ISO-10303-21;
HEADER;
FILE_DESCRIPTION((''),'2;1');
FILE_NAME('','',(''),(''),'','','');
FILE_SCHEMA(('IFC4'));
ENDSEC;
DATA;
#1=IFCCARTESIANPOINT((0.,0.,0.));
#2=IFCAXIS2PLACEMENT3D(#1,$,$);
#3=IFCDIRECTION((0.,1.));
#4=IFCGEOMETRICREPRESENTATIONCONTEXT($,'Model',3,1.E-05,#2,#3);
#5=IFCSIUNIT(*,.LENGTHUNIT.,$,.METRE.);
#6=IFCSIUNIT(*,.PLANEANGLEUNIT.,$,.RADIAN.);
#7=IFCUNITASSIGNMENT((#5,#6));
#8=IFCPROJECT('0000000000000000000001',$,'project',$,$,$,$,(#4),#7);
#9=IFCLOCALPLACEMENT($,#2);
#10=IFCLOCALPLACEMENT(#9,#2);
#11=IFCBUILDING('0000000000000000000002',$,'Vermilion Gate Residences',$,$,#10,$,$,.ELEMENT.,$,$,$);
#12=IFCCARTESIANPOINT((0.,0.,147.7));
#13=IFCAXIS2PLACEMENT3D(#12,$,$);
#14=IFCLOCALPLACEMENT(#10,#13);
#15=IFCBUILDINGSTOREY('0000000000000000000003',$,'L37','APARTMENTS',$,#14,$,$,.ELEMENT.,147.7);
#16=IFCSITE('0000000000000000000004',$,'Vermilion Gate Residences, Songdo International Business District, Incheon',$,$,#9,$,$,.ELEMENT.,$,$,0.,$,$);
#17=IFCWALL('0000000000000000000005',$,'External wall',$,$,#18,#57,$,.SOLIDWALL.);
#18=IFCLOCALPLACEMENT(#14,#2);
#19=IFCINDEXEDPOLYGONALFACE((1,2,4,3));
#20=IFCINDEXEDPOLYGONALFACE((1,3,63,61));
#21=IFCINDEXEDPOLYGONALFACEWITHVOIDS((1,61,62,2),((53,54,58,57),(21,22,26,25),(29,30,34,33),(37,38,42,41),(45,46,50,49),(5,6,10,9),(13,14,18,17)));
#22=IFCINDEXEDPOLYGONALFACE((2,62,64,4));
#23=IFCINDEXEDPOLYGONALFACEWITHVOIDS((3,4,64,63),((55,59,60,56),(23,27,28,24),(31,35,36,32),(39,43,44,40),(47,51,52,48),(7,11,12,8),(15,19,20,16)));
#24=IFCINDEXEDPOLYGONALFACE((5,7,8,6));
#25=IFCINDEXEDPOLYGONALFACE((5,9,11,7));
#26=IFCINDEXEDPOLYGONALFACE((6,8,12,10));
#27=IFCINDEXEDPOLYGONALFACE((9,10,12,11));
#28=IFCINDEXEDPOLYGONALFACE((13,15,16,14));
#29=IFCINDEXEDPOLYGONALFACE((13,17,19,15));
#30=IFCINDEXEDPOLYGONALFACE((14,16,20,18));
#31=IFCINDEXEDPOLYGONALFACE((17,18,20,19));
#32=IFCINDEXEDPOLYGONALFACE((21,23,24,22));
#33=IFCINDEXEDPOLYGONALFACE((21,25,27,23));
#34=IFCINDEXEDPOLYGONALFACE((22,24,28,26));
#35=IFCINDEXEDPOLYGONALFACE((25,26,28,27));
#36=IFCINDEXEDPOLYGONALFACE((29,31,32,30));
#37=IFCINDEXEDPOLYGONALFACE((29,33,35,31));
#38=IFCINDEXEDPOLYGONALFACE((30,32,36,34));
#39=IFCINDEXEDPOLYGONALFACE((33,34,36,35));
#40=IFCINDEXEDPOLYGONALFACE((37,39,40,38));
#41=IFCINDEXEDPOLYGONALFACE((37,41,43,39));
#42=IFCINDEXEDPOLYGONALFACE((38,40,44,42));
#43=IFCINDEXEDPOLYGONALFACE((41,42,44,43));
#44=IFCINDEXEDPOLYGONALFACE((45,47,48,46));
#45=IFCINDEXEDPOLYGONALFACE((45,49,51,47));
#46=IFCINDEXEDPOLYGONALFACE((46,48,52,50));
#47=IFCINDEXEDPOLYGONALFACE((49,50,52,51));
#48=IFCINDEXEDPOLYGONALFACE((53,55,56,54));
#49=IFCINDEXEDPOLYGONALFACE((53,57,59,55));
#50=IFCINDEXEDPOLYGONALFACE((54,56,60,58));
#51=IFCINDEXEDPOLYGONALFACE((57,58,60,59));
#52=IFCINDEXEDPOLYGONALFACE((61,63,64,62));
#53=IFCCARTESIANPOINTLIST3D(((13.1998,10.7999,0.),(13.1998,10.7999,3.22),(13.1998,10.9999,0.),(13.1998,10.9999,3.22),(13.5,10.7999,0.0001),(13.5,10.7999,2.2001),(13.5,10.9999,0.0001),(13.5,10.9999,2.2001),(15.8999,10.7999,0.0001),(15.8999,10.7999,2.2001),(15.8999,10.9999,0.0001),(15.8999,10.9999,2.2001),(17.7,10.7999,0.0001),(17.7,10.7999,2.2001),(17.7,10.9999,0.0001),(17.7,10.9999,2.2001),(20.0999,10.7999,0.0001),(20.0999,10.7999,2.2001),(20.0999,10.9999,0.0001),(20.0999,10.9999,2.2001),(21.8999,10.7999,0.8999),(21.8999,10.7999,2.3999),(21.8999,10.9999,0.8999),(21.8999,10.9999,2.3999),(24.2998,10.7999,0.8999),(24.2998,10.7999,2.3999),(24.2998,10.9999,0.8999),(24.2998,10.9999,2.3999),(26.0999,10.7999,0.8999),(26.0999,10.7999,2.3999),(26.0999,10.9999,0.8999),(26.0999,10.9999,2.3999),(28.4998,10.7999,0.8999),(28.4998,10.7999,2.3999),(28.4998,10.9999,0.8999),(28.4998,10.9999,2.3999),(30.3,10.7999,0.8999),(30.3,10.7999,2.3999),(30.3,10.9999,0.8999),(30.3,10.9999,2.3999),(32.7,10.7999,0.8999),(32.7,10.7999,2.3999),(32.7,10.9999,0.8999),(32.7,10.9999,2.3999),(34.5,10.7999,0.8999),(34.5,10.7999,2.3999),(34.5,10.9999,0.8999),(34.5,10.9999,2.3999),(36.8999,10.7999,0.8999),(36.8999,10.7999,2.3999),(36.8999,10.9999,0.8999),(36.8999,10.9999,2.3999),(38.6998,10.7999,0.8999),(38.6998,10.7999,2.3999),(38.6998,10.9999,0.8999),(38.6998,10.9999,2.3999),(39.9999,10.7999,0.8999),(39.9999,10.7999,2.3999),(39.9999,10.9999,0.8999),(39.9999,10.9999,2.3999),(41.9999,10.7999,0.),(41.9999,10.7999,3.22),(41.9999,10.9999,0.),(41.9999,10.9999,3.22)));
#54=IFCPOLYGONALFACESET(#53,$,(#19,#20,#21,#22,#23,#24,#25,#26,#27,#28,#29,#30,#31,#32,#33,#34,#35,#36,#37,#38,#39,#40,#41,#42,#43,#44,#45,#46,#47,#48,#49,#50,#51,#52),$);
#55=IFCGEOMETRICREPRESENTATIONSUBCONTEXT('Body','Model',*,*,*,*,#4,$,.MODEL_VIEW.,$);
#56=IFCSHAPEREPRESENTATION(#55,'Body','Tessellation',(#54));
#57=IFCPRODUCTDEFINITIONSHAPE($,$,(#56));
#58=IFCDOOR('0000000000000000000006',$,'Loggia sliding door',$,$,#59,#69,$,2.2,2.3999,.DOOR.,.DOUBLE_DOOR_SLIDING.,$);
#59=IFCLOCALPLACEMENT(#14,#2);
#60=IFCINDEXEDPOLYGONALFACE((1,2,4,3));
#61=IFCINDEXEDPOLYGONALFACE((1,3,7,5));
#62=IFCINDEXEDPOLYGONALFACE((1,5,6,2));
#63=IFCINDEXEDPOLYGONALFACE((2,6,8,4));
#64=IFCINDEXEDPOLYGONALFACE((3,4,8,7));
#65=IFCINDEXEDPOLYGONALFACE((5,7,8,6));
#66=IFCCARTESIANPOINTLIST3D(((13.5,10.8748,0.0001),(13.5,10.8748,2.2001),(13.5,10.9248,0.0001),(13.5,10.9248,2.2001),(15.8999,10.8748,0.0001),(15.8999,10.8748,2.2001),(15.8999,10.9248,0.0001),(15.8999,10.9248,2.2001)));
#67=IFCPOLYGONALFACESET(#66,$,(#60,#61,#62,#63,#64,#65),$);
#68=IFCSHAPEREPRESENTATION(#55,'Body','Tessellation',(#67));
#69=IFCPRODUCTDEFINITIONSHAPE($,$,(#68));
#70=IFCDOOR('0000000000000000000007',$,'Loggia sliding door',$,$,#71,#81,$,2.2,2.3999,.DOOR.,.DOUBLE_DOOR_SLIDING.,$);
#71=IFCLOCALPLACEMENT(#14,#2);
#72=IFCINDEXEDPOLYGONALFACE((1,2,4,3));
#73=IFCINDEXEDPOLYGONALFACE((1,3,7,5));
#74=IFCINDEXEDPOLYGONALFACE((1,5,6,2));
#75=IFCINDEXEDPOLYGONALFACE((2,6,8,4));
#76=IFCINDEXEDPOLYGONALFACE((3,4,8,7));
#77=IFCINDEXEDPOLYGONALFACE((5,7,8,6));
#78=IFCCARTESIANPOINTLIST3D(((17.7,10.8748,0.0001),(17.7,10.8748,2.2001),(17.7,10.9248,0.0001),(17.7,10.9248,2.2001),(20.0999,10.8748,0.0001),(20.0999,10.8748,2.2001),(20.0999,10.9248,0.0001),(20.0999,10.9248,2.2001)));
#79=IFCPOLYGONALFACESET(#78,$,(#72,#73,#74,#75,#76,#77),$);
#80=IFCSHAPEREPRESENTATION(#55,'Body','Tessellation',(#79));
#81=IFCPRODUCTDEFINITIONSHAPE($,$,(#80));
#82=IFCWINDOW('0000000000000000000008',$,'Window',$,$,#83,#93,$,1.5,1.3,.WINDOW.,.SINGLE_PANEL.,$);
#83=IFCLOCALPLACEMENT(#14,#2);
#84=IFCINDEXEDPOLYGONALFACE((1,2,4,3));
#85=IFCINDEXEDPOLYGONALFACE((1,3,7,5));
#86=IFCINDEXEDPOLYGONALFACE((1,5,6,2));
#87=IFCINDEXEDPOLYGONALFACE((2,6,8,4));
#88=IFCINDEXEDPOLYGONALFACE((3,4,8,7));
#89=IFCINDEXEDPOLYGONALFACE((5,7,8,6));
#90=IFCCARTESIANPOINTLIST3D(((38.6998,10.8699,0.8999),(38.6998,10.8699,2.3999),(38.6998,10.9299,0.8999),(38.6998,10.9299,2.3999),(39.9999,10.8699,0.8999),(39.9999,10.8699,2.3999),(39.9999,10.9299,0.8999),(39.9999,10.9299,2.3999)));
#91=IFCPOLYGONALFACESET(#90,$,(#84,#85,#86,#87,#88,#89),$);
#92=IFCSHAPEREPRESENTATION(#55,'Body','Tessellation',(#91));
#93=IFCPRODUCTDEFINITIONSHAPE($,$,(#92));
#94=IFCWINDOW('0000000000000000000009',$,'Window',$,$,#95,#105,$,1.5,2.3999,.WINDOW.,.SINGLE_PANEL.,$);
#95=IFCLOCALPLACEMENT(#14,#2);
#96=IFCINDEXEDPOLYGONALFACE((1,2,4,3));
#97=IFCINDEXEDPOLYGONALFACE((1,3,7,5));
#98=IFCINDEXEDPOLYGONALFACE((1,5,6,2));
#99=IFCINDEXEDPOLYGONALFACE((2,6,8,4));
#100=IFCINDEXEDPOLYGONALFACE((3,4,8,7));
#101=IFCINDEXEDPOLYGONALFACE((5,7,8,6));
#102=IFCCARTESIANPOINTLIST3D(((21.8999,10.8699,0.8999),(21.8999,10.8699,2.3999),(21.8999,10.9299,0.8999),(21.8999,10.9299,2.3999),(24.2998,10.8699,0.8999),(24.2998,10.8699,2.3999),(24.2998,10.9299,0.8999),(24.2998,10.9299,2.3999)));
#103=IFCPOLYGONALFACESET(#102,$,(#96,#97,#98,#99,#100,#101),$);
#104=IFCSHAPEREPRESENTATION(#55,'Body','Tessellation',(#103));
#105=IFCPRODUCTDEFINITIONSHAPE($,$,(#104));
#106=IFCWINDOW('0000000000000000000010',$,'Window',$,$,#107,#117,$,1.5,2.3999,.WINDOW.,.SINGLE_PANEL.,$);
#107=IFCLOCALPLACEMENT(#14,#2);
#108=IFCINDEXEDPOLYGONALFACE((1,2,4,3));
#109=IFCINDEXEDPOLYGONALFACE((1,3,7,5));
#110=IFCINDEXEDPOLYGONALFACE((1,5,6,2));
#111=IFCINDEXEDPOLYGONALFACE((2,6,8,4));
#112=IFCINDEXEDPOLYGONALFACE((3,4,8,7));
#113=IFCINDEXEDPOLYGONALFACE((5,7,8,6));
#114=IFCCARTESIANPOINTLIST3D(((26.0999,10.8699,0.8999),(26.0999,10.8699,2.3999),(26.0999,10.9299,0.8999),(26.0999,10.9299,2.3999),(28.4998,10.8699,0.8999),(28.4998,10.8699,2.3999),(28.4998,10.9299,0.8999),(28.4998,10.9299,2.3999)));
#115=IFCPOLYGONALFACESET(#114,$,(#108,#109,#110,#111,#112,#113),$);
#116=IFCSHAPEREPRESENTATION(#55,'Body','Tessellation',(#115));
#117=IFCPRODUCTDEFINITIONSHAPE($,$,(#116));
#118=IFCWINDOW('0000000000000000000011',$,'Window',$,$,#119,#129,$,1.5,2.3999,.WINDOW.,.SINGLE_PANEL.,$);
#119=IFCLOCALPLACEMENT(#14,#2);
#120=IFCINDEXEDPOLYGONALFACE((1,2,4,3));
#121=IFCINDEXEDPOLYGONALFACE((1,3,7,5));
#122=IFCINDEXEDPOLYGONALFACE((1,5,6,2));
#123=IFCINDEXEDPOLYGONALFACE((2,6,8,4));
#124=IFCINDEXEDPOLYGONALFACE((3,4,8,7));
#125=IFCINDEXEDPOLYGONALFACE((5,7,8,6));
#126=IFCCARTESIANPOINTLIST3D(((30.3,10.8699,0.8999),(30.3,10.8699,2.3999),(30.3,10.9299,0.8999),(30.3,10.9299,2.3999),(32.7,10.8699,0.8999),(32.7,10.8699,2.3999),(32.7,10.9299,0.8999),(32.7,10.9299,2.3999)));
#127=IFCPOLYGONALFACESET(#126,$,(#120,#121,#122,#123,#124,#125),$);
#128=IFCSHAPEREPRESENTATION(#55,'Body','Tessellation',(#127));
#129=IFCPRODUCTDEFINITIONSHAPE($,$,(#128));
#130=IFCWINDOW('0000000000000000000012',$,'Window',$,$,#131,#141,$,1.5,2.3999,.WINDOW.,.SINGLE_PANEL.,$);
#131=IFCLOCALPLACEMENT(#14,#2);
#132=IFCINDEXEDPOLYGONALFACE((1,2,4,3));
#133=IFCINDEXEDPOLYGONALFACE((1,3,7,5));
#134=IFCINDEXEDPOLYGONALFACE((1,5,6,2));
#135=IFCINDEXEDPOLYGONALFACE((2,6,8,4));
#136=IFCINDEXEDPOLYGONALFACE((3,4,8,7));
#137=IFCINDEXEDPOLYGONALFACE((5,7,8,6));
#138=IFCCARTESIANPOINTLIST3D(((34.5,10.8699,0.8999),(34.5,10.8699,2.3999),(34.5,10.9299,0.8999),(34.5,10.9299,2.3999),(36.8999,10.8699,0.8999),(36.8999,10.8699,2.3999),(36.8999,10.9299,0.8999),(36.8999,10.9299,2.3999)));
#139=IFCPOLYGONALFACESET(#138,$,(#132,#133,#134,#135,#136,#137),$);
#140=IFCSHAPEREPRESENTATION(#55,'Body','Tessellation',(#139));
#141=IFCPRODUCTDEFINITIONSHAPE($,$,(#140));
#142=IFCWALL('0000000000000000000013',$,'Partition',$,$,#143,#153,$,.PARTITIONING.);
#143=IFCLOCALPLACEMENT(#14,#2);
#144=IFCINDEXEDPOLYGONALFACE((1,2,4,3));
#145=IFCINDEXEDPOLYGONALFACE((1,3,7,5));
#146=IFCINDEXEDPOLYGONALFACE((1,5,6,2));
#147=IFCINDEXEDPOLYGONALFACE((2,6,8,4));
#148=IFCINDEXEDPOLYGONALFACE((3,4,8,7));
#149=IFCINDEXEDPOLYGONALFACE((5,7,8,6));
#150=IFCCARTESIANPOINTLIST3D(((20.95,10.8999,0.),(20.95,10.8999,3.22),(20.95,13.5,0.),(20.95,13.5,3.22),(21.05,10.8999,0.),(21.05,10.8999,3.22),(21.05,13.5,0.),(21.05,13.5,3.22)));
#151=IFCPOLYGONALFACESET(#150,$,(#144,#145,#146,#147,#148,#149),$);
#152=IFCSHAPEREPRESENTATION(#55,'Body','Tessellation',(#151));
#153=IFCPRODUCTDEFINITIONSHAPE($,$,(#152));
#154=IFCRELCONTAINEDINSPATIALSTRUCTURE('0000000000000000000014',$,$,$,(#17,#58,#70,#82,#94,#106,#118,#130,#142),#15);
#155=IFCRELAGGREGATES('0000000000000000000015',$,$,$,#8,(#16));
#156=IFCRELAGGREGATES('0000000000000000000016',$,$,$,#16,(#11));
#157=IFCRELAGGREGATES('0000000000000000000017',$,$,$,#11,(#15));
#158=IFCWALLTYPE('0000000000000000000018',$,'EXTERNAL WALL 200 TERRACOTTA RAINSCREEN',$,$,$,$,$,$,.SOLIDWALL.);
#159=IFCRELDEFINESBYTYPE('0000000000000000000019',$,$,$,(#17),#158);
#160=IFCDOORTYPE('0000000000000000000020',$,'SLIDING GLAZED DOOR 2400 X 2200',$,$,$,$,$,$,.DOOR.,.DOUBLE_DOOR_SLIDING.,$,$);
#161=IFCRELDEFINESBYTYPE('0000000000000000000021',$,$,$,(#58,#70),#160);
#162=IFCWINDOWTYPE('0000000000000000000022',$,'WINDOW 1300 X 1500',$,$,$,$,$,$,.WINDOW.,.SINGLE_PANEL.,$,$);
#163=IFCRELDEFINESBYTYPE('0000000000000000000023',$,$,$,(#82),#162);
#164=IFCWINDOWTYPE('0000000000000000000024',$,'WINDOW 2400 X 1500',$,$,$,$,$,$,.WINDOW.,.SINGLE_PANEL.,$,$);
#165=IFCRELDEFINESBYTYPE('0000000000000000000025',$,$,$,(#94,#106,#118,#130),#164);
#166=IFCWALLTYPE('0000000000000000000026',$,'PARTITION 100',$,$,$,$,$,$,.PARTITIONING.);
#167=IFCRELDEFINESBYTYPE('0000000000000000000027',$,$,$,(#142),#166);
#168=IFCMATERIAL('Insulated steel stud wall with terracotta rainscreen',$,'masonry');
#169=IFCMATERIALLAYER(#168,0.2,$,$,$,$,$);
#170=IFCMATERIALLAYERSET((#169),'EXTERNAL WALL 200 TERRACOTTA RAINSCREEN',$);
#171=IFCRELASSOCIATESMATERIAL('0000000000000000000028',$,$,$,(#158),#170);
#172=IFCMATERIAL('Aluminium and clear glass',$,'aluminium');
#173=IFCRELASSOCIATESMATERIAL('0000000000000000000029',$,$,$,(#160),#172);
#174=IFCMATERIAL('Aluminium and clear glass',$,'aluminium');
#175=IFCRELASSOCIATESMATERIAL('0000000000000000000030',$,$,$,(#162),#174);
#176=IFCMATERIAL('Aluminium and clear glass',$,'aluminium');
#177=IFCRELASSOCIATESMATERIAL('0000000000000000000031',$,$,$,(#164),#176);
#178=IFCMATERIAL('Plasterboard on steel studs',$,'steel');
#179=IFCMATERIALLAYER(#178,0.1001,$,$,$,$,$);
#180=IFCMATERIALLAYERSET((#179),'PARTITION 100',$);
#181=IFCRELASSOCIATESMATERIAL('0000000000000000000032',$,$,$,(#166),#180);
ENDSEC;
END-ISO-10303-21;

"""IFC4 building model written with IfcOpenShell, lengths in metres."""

from ifc_helpers import new_model, si_unit, direction, frame, frame_2d, origin, place, context, subcontext, project, spatial, rectangle, extrude, material, layer, layer_set, type_object, element, fill, save


model = new_model("IFC4")

# Units and contexts
model_context = context("Model", 3, precision=1e-05, world=origin(), true_north=direction((0.0, 1.0)))
body_context = subcontext(model_context, "Body", "Model", "MODEL_VIEW")
ifc_project = project(units=[si_unit("LENGTHUNIT", "METRE"), si_unit("PLANEANGLEUNIT", "RADIAN")], contexts=[model_context])

# Site, building, storey
site_placement = place(None, origin())
site = spatial("IfcSite", under=ifc_project, at=site_placement, Name="Vermilion Gate Residences, Songdo International Business District, Incheon", CompositionType="ELEMENT", RefElevation=0.0)
building_placement = place(site_placement, origin())
building = spatial("IfcBuilding", under=site, at=building_placement, Name="Vermilion Gate Residences", CompositionType="ELEMENT")
storey_placement = place(building_placement, frame((0.0, 0.0, 147.7)))
storey = spatial("IfcBuildingStorey", under=building, at=storey_placement, Name="L37", Description="APARTMENTS", CompositionType="ELEMENT", Elevation=147.7)

# Shared definitions
ifc_material_1 = material(Name="Insulated steel stud wall with terracotta rainscreen", Category="masonry")
ifc_layer_1 = layer(ifc_material_1, 0.2)
ifc_layer_set_1 = layer_set([ifc_layer_1], Name="EXTERNAL WALL 200 TERRACOTTA RAINSCREEN")
wall_type_1 = type_object("IfcWallType", Name="EXTERNAL WALL 200 TERRACOTTA RAINSCREEN", PredefinedType="SOLIDWALL", material=ifc_layer_set_1)

# Wall, openings, doors, windows
wall_1_placement = place(storey_placement, frame((13.2, 10.8999, 0.0), z_axis=(0.0, 0.0, 1.0), x_axis=(1.0, 0.0, 0.0)))
wall_1 = element("IfcWall", 1, at=wall_1_placement, inside=storey, type_object=wall_type_1, Name="External wall", PredefinedType="SOLIDWALL", context=body_context, shape_type="SweptSolid", body=[
    extrude(rectangle(XDim=28.8, YDim=0.2, at=frame_2d((14.3999, 0.0))), origin(), (0.0, 0.0, 1.0), 3.22),
])
opening_1_placement = place(wall_1_placement, frame((0.3, 0.0, 0.0)))
opening_1 = element("IfcOpeningElement", 2, at=opening_1_placement, cuts=wall_1, PredefinedType="OPENING", context=body_context, shape_type="SweptSolid", body=[
    extrude(rectangle(XDim=2.3999, YDim=2.2, at=frame_2d((1.2, 1.1001))), frame((0.0, 0.1099, 0.0), z_axis=(0.0, -1.0, 0.0), x_axis=(1.0, 0.0, 0.0)), (0.0, 0.0, 1.0), 0.22),
])
opening_2_placement = place(wall_1_placement, frame((4.5, 0.0, 0.0)))
opening_2 = element("IfcOpeningElement", 3, at=opening_2_placement, cuts=wall_1, PredefinedType="OPENING", context=body_context, shape_type="SweptSolid", body=[
    extrude(rectangle(XDim=2.3999, YDim=2.2, at=frame_2d((1.2, 1.1001))), frame((0.0, 0.1099, 0.0), z_axis=(0.0, -1.0, 0.0), x_axis=(1.0, 0.0, 0.0)), (0.0, 0.0, 1.0), 0.22),
])
opening_3_placement = place(wall_1_placement, frame((8.7, 0.0, 0.8999)))
opening_3 = element("IfcOpeningElement", 4, at=opening_3_placement, cuts=wall_1, PredefinedType="OPENING", context=body_context, shape_type="SweptSolid", body=[
    extrude(rectangle(XDim=2.3999, YDim=1.5, at=frame_2d((1.2, 0.75))), frame((0.0, 0.1099, 0.0), z_axis=(0.0, -1.0, 0.0), x_axis=(1.0, 0.0, 0.0)), (0.0, 0.0, 1.0), 0.22),
])
opening_4_placement = place(wall_1_placement, frame((12.8999, 0.0, 0.8999)))
opening_4 = element("IfcOpeningElement", 5, at=opening_4_placement, cuts=wall_1, PredefinedType="OPENING", context=body_context, shape_type="SweptSolid", body=[
    extrude(rectangle(XDim=2.3999, YDim=1.5, at=frame_2d((1.2, 0.75))), frame((0.0, 0.1099, 0.0), z_axis=(0.0, -1.0, 0.0), x_axis=(1.0, 0.0, 0.0)), (0.0, 0.0, 1.0), 0.22),
])
opening_5_placement = place(wall_1_placement, frame((17.1001, 0.0, 0.8999)))
opening_5 = element("IfcOpeningElement", 6, at=opening_5_placement, cuts=wall_1, PredefinedType="OPENING", context=body_context, shape_type="SweptSolid", body=[
    extrude(rectangle(XDim=2.3999, YDim=1.5, at=frame_2d((1.2, 0.75))), frame((0.0, 0.1099, 0.0), z_axis=(0.0, -1.0, 0.0), x_axis=(1.0, 0.0, 0.0)), (0.0, 0.0, 1.0), 0.22),
])
opening_6_placement = place(wall_1_placement, frame((21.3, 0.0, 0.8999)))
opening_6 = element("IfcOpeningElement", 7, at=opening_6_placement, cuts=wall_1, PredefinedType="OPENING", context=body_context, shape_type="SweptSolid", body=[
    extrude(rectangle(XDim=2.3999, YDim=1.5, at=frame_2d((1.2, 0.75))), frame((0.0, 0.1099, 0.0), z_axis=(0.0, -1.0, 0.0), x_axis=(1.0, 0.0, 0.0)), (0.0, 0.0, 1.0), 0.22),
])
opening_7_placement = place(wall_1_placement, frame((25.5, 0.0, 0.8999)))
opening_7 = element("IfcOpeningElement", 8, at=opening_7_placement, cuts=wall_1, PredefinedType="OPENING", context=body_context, shape_type="SweptSolid", body=[
    extrude(rectangle(XDim=1.3, YDim=1.5, at=frame_2d((0.6499, 0.75))), frame((0.0, 0.1099, 0.0), z_axis=(0.0, -1.0, 0.0), x_axis=(1.0, 0.0, 0.0)), (0.0, 0.0, 1.0), 0.22),
])
ifc_material_2 = material(Name="Aluminium and clear glass", Category="aluminium")
door_type_1 = type_object("IfcDoorType", Name="SLIDING GLAZED DOOR 2400 X 2200", OperationType="DOUBLE_DOOR_SLIDING", PredefinedType="DOOR", material=ifc_material_2)
door_1_placement = place(opening_1_placement, origin())
door_1 = element("IfcDoor", 9, at=door_1_placement, inside=storey, type_object=door_type_1, Name="Loggia sliding door", OperationType="DOUBLE_DOOR_SLIDING", OverallHeight=2.2, OverallWidth=2.3999, PredefinedType="DOOR", context=body_context, shape_type="SweptSolid", body=[
    extrude(rectangle(XDim=2.3999, YDim=2.2, at=frame_2d((1.2, 1.1001))), frame((0.0, 0.0249, 0.0), z_axis=(0.0, -1.0, 0.0), x_axis=(1.0, 0.0, 0.0)), (0.0, 0.0, 1.0), 0.05),
])
fill(opening_1, door_1)
door_2_placement = place(opening_2_placement, origin())
door_2 = element("IfcDoor", 10, at=door_2_placement, inside=storey, type_object=door_type_1, Name="Loggia sliding door", OperationType="DOUBLE_DOOR_SLIDING", OverallHeight=2.2, OverallWidth=2.3999, PredefinedType="DOOR", context=body_context, shape_type="SweptSolid", body=[
    extrude(rectangle(XDim=2.3999, YDim=2.2, at=frame_2d((1.2, 1.1001))), frame((0.0, 0.0249, 0.0), z_axis=(0.0, -1.0, 0.0), x_axis=(1.0, 0.0, 0.0)), (0.0, 0.0, 1.0), 0.05),
])
fill(opening_2, door_2)
ifc_material_3 = material(Name="Aluminium and clear glass", Category="aluminium")
window_type_1 = type_object("IfcWindowType", Name="WINDOW 1300 X 1500", PartitioningType="SINGLE_PANEL", PredefinedType="WINDOW", material=ifc_material_3)
window_1_placement = place(opening_7_placement, origin())
window_1 = element("IfcWindow", 11, at=window_1_placement, inside=storey, type_object=window_type_1, Name="Window", OverallHeight=1.5, OverallWidth=1.3, PartitioningType="SINGLE_PANEL", PredefinedType="WINDOW", context=body_context, shape_type="SweptSolid", body=[
    extrude(rectangle(XDim=1.3, YDim=1.5, at=frame_2d((0.6499, 0.75))), frame((0.0, 0.03, 0.0), z_axis=(0.0, -1.0, 0.0), x_axis=(1.0, 0.0, 0.0)), (0.0, 0.0, 1.0), 0.0601),
])
fill(opening_7, window_1)
ifc_material_4 = material(Name="Aluminium and clear glass", Category="aluminium")
window_type_2 = type_object("IfcWindowType", Name="WINDOW 2400 X 1500", PartitioningType="SINGLE_PANEL", PredefinedType="WINDOW", material=ifc_material_4)
window_2_placement = place(opening_3_placement, origin())
window_2 = element("IfcWindow", 12, at=window_2_placement, inside=storey, type_object=window_type_2, Name="Window", OverallHeight=1.5, OverallWidth=2.3999, PartitioningType="SINGLE_PANEL", PredefinedType="WINDOW", context=body_context, shape_type="SweptSolid", body=[
    extrude(rectangle(XDim=2.3999, YDim=1.5, at=frame_2d((1.2, 0.75))), frame((0.0, 0.03, 0.0), z_axis=(0.0, -1.0, 0.0), x_axis=(1.0, 0.0, 0.0)), (0.0, 0.0, 1.0), 0.0601),
])
fill(opening_3, window_2)
window_3_placement = place(opening_4_placement, origin())
window_3 = element("IfcWindow", 13, at=window_3_placement, inside=storey, type_object=window_type_2, Name="Window", OverallHeight=1.5, OverallWidth=2.3999, PartitioningType="SINGLE_PANEL", PredefinedType="WINDOW", context=body_context, shape_type="SweptSolid", body=[
    extrude(rectangle(XDim=2.3999, YDim=1.5, at=frame_2d((1.2, 0.75))), frame((0.0, 0.03, 0.0), z_axis=(0.0, -1.0, 0.0), x_axis=(1.0, 0.0, 0.0)), (0.0, 0.0, 1.0), 0.0601),
])
fill(opening_4, window_3)
window_4_placement = place(opening_5_placement, origin())
window_4 = element("IfcWindow", 14, at=window_4_placement, inside=storey, type_object=window_type_2, Name="Window", OverallHeight=1.5, OverallWidth=2.3999, PartitioningType="SINGLE_PANEL", PredefinedType="WINDOW", context=body_context, shape_type="SweptSolid", body=[
    extrude(rectangle(XDim=2.3999, YDim=1.5, at=frame_2d((1.2, 0.75))), frame((0.0, 0.03, 0.0), z_axis=(0.0, -1.0, 0.0), x_axis=(1.0, 0.0, 0.0)), (0.0, 0.0, 1.0), 0.0601),
])
fill(opening_5, window_4)
window_5_placement = place(opening_6_placement, origin())
window_5 = element("IfcWindow", 15, at=window_5_placement, inside=storey, type_object=window_type_2, Name="Window", OverallHeight=1.5, OverallWidth=2.3999, PartitioningType="SINGLE_PANEL", PredefinedType="WINDOW", context=body_context, shape_type="SweptSolid", body=[
    extrude(rectangle(XDim=2.3999, YDim=1.5, at=frame_2d((1.2, 0.75))), frame((0.0, 0.03, 0.0), z_axis=(0.0, -1.0, 0.0), x_axis=(1.0, 0.0, 0.0)), (0.0, 0.0, 1.0), 0.0601),
])
fill(opening_6, window_5)

# Wall
ifc_material_5 = material(Name="Plasterboard on steel studs", Category="steel")
ifc_layer_2 = layer(ifc_material_5, 0.1001)
ifc_layer_set_2 = layer_set([ifc_layer_2], Name="PARTITION 100")
wall_type_2 = type_object("IfcWallType", Name="PARTITION 100", PredefinedType="PARTITIONING", material=ifc_layer_set_2)
wall_2_placement = place(storey_placement, frame((21.0, 10.8999, 0.0), z_axis=(0.0, 0.0, 1.0), x_axis=(0.0, 1.0, 0.0)))
element("IfcWall", 16, at=wall_2_placement, inside=storey, type_object=wall_type_2, Name="Partition", PredefinedType="PARTITIONING", context=body_context, shape_type="SweptSolid", body=[
    extrude(rectangle(XDim=2.6001, YDim=0.1001, at=frame_2d((1.3, 0.0))), origin(), (0.0, 0.0, 1.0), 3.22),
])

save(model, "model.ifc")
